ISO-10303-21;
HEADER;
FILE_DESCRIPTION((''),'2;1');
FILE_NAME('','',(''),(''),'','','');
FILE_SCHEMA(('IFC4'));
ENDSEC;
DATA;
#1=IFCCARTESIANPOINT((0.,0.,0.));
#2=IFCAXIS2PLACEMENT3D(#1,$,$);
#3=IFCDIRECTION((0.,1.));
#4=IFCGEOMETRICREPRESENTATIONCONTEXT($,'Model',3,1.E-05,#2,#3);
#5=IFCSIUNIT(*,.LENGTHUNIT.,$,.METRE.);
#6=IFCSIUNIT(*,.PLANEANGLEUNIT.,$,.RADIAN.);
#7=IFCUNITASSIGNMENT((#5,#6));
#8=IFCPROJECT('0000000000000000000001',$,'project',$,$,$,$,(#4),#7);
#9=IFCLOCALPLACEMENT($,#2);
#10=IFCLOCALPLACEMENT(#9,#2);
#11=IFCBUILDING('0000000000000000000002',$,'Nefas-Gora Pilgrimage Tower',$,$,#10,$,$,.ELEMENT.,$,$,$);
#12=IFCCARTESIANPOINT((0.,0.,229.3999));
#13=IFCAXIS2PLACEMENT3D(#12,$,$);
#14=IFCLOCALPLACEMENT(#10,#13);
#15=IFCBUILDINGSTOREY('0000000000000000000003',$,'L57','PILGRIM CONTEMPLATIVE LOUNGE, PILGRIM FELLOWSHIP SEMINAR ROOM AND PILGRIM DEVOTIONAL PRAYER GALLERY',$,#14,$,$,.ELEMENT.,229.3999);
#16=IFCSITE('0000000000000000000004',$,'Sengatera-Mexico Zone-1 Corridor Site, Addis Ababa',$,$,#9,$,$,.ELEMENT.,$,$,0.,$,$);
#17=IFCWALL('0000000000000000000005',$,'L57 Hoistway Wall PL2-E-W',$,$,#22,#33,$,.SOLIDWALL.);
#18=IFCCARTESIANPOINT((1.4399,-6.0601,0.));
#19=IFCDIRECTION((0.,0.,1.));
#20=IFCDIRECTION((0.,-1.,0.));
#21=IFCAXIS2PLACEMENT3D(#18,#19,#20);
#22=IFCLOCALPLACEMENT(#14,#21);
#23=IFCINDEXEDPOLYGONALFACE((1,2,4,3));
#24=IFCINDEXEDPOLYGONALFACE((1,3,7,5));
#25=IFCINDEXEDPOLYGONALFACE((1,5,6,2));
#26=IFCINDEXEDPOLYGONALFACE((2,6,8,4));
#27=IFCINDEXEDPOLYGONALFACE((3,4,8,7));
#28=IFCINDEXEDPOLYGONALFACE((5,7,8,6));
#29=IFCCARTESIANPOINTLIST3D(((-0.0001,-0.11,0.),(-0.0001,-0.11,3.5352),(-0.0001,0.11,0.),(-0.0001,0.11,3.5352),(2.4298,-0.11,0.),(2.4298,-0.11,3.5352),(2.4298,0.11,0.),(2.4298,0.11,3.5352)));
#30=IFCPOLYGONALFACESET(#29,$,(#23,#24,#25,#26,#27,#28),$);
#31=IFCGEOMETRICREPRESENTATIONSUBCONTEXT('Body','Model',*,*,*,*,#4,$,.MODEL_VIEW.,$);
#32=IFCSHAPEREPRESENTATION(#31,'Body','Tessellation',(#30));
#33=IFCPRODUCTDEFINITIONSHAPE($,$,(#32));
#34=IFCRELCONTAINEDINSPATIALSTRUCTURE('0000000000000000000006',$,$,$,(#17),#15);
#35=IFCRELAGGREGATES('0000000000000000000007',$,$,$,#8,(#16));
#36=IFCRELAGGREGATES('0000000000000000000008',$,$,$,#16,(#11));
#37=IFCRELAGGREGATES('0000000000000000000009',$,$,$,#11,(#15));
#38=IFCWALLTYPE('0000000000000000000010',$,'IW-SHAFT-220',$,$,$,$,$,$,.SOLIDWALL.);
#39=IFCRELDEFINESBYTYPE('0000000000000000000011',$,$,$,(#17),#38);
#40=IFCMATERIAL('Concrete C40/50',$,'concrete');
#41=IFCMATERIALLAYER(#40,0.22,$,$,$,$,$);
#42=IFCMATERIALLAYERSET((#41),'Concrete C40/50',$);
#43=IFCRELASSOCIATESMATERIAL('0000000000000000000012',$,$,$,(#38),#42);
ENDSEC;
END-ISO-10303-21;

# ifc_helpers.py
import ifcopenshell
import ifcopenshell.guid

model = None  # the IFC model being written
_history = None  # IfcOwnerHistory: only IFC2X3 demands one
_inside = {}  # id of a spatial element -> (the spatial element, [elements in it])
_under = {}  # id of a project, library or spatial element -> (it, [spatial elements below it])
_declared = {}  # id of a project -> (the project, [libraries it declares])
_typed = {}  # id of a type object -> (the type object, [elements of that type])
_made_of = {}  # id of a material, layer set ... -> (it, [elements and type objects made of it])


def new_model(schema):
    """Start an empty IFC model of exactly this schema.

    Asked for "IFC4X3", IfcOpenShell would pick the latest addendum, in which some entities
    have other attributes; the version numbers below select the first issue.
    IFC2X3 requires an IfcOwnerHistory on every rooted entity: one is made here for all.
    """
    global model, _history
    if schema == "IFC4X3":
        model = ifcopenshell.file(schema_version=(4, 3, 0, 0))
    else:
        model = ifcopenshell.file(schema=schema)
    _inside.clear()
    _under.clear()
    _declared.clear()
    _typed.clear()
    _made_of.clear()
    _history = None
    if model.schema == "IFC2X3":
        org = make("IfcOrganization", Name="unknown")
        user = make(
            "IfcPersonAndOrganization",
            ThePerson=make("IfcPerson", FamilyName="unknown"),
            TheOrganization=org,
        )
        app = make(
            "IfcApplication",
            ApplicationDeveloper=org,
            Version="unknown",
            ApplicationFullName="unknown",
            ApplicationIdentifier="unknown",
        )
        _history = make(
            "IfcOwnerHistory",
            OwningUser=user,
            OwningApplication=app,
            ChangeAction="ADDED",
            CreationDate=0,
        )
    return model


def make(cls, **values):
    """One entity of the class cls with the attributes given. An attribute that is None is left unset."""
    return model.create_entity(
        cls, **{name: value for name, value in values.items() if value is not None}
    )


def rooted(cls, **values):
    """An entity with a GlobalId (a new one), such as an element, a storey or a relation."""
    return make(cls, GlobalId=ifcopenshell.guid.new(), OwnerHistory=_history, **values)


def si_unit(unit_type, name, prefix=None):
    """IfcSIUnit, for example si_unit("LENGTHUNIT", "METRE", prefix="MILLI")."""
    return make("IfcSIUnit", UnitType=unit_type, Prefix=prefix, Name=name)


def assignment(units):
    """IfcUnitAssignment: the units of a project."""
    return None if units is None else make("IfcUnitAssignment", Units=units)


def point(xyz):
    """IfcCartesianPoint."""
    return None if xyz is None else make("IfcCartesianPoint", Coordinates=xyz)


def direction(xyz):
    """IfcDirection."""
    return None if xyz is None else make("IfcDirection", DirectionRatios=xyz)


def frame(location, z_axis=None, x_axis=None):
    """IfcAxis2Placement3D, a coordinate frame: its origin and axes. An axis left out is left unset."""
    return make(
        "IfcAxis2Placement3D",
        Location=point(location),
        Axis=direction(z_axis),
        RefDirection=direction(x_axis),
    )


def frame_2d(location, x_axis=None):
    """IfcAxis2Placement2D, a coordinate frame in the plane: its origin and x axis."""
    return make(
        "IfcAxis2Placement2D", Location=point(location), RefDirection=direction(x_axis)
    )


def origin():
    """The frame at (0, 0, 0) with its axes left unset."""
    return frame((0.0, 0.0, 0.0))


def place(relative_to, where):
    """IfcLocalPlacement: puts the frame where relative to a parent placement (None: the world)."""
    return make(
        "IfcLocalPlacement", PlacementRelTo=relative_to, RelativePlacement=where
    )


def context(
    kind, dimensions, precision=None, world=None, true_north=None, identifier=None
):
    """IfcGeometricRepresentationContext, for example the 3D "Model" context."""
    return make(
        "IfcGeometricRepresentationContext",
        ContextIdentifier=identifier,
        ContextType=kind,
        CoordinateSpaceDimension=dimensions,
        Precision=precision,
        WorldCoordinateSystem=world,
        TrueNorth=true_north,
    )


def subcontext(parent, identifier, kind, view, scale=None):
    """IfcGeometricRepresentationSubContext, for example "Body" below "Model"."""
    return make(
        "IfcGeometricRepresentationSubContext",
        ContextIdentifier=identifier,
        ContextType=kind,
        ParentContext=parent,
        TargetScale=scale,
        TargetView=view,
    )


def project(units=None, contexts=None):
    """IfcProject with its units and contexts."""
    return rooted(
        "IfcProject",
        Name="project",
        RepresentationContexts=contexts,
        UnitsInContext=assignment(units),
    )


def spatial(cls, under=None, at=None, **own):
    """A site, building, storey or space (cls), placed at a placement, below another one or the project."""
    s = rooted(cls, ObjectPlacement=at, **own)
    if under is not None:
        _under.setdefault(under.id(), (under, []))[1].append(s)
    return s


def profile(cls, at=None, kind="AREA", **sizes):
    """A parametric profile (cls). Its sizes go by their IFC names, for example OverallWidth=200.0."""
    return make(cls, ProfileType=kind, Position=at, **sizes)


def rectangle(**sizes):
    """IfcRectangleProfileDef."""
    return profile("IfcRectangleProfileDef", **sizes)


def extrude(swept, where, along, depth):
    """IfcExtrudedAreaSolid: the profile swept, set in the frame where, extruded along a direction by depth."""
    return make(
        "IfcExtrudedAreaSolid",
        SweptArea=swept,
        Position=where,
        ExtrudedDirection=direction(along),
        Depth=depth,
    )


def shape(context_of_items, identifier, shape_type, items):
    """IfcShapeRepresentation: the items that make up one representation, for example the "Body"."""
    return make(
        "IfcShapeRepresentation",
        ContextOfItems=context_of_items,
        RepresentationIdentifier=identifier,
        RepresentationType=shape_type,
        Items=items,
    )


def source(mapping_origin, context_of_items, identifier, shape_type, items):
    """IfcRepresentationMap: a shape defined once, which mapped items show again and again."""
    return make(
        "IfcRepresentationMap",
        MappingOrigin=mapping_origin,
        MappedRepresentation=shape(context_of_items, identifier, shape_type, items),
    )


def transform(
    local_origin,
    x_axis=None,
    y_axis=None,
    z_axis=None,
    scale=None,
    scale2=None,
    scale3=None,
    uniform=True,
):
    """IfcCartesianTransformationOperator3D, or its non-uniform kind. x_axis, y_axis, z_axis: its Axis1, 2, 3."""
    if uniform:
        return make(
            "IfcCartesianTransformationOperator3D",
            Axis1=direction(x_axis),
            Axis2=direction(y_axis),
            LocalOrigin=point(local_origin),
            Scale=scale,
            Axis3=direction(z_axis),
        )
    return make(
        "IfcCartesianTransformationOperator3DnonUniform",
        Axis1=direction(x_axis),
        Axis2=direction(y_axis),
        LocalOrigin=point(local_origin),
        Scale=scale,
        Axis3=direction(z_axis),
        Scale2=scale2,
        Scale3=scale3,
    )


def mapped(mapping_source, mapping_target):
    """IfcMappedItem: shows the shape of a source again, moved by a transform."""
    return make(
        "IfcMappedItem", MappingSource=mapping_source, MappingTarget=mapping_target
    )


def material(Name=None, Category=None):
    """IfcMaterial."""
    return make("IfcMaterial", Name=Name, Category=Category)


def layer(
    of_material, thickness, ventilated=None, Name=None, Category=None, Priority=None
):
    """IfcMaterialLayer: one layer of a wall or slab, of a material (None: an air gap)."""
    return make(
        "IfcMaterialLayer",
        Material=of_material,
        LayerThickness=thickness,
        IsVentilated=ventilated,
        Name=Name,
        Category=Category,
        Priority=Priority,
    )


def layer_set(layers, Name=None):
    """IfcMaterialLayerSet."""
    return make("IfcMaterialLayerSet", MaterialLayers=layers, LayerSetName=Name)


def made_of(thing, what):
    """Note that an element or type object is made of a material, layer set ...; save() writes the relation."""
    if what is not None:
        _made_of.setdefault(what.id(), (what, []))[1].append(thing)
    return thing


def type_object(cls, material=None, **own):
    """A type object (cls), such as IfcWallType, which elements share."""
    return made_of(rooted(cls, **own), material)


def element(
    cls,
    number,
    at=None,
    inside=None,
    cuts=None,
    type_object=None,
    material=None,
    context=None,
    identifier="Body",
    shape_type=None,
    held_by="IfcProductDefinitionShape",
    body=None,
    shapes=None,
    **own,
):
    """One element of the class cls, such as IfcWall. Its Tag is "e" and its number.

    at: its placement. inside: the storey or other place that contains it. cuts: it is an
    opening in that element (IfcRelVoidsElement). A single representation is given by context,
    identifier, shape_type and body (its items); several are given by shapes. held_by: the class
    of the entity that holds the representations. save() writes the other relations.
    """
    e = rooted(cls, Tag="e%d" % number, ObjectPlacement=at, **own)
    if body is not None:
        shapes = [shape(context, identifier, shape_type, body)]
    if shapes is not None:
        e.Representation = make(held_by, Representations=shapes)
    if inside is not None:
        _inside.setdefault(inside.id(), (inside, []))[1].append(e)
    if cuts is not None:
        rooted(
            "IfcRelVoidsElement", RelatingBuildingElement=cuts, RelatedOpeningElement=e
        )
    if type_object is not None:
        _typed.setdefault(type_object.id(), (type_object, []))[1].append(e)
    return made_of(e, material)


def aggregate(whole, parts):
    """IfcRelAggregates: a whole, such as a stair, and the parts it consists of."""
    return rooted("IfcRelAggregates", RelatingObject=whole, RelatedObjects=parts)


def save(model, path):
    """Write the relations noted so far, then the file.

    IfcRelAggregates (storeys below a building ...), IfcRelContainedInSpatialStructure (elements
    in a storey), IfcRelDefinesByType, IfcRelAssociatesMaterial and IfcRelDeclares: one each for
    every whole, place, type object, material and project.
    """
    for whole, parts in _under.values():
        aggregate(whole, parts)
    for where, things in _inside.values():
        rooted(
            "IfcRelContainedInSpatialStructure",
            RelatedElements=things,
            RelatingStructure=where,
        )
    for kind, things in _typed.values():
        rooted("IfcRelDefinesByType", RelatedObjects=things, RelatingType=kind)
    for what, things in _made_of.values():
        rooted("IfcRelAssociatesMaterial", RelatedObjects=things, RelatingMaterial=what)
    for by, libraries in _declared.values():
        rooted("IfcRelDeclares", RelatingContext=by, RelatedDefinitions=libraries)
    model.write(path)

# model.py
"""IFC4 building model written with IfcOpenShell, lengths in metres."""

from ifc_helpers import new_model, si_unit, direction, frame, frame_2d, origin, place, context, subcontext, project, spatial, rectangle, extrude, source, transform, mapped, material, layer, layer_set, type_object, element, save


model = new_model("IFC4")

# Units and contexts
model_context = context("Model", 3, precision=1e-05, world=origin(), true_north=direction((0.0, 1.0)))
body_context = subcontext(model_context, "Body", "Model", "MODEL_VIEW")
ifc_project = project(units=[si_unit("LENGTHUNIT", "METRE"), si_unit("PLANEANGLEUNIT", "RADIAN")], contexts=[model_context])

# Site, building, storey
site_placement = place(None, origin())
site = spatial("IfcSite", under=ifc_project, at=site_placement, Name="Sengatera-Mexico Zone-1 Corridor Site, Addis Ababa", CompositionType="ELEMENT", RefElevation=0.0)
building_placement = place(site_placement, origin())
building = spatial("IfcBuilding", under=site, at=building_placement, Name="Nefas-Gora Pilgrimage Tower", CompositionType="ELEMENT")
storey_placement = place(building_placement, frame((0.0, 0.0, 229.3999)))
storey = spatial("IfcBuildingStorey", under=building, at=storey_placement, Name="L57", Description="PILGRIM CONTEMPLATIVE LOUNGE, PILGRIM FELLOWSHIP SEMINAR ROOM AND PILGRIM DEVOTIONAL PRAYER GALLERY", CompositionType="ELEMENT", Elevation=229.3999)

# Shared definitions
ifc_material_1 = material(Name="Concrete C40/50", Category="concrete")
ifc_layer_1 = layer(ifc_material_1, 0.22)
ifc_layer_set_1 = layer_set([ifc_layer_1], Name="Concrete C40/50")
wall_type_1 = type_object("IfcWallType", Name="IW-SHAFT-220", PredefinedType="SOLIDWALL", material=ifc_layer_set_1)

# Wall
shared_shape_1 = source(origin(), body_context, "Body", "SweptSolid", [
    extrude(rectangle(XDim=2.4299, YDim=0.22, at=frame_2d((1.2148, 0.0))), origin(), (0.0, 0.0, 1.0), 3.5352),
])
for number, where, z_axis, x_axis, name in (
    (1, (1.4399, -6.0601, 0.0), (0.0, 0.0, 1.0), (0.0, -1.0, 0.0), "L57 Hoistway Wall PL2-E-W"),
):
    element("IfcWall", number, at=place(storey_placement, frame(where, z_axis=z_axis, x_axis=x_axis)), inside=storey, type_object=wall_type_1, Name=name, PredefinedType="SOLIDWALL", context=body_context, shape_type="MappedRepresentation", body=[
        mapped(shared_shape_1, transform((0.0, 0.0, 0.0), x_axis=(1.0, 0.0, 0.0), y_axis=(0.0, 1.0, 0.0), z_axis=(0.0, 0.0, 1.0), scale=1.0)),
    ])

save(model, "model.ifc")
